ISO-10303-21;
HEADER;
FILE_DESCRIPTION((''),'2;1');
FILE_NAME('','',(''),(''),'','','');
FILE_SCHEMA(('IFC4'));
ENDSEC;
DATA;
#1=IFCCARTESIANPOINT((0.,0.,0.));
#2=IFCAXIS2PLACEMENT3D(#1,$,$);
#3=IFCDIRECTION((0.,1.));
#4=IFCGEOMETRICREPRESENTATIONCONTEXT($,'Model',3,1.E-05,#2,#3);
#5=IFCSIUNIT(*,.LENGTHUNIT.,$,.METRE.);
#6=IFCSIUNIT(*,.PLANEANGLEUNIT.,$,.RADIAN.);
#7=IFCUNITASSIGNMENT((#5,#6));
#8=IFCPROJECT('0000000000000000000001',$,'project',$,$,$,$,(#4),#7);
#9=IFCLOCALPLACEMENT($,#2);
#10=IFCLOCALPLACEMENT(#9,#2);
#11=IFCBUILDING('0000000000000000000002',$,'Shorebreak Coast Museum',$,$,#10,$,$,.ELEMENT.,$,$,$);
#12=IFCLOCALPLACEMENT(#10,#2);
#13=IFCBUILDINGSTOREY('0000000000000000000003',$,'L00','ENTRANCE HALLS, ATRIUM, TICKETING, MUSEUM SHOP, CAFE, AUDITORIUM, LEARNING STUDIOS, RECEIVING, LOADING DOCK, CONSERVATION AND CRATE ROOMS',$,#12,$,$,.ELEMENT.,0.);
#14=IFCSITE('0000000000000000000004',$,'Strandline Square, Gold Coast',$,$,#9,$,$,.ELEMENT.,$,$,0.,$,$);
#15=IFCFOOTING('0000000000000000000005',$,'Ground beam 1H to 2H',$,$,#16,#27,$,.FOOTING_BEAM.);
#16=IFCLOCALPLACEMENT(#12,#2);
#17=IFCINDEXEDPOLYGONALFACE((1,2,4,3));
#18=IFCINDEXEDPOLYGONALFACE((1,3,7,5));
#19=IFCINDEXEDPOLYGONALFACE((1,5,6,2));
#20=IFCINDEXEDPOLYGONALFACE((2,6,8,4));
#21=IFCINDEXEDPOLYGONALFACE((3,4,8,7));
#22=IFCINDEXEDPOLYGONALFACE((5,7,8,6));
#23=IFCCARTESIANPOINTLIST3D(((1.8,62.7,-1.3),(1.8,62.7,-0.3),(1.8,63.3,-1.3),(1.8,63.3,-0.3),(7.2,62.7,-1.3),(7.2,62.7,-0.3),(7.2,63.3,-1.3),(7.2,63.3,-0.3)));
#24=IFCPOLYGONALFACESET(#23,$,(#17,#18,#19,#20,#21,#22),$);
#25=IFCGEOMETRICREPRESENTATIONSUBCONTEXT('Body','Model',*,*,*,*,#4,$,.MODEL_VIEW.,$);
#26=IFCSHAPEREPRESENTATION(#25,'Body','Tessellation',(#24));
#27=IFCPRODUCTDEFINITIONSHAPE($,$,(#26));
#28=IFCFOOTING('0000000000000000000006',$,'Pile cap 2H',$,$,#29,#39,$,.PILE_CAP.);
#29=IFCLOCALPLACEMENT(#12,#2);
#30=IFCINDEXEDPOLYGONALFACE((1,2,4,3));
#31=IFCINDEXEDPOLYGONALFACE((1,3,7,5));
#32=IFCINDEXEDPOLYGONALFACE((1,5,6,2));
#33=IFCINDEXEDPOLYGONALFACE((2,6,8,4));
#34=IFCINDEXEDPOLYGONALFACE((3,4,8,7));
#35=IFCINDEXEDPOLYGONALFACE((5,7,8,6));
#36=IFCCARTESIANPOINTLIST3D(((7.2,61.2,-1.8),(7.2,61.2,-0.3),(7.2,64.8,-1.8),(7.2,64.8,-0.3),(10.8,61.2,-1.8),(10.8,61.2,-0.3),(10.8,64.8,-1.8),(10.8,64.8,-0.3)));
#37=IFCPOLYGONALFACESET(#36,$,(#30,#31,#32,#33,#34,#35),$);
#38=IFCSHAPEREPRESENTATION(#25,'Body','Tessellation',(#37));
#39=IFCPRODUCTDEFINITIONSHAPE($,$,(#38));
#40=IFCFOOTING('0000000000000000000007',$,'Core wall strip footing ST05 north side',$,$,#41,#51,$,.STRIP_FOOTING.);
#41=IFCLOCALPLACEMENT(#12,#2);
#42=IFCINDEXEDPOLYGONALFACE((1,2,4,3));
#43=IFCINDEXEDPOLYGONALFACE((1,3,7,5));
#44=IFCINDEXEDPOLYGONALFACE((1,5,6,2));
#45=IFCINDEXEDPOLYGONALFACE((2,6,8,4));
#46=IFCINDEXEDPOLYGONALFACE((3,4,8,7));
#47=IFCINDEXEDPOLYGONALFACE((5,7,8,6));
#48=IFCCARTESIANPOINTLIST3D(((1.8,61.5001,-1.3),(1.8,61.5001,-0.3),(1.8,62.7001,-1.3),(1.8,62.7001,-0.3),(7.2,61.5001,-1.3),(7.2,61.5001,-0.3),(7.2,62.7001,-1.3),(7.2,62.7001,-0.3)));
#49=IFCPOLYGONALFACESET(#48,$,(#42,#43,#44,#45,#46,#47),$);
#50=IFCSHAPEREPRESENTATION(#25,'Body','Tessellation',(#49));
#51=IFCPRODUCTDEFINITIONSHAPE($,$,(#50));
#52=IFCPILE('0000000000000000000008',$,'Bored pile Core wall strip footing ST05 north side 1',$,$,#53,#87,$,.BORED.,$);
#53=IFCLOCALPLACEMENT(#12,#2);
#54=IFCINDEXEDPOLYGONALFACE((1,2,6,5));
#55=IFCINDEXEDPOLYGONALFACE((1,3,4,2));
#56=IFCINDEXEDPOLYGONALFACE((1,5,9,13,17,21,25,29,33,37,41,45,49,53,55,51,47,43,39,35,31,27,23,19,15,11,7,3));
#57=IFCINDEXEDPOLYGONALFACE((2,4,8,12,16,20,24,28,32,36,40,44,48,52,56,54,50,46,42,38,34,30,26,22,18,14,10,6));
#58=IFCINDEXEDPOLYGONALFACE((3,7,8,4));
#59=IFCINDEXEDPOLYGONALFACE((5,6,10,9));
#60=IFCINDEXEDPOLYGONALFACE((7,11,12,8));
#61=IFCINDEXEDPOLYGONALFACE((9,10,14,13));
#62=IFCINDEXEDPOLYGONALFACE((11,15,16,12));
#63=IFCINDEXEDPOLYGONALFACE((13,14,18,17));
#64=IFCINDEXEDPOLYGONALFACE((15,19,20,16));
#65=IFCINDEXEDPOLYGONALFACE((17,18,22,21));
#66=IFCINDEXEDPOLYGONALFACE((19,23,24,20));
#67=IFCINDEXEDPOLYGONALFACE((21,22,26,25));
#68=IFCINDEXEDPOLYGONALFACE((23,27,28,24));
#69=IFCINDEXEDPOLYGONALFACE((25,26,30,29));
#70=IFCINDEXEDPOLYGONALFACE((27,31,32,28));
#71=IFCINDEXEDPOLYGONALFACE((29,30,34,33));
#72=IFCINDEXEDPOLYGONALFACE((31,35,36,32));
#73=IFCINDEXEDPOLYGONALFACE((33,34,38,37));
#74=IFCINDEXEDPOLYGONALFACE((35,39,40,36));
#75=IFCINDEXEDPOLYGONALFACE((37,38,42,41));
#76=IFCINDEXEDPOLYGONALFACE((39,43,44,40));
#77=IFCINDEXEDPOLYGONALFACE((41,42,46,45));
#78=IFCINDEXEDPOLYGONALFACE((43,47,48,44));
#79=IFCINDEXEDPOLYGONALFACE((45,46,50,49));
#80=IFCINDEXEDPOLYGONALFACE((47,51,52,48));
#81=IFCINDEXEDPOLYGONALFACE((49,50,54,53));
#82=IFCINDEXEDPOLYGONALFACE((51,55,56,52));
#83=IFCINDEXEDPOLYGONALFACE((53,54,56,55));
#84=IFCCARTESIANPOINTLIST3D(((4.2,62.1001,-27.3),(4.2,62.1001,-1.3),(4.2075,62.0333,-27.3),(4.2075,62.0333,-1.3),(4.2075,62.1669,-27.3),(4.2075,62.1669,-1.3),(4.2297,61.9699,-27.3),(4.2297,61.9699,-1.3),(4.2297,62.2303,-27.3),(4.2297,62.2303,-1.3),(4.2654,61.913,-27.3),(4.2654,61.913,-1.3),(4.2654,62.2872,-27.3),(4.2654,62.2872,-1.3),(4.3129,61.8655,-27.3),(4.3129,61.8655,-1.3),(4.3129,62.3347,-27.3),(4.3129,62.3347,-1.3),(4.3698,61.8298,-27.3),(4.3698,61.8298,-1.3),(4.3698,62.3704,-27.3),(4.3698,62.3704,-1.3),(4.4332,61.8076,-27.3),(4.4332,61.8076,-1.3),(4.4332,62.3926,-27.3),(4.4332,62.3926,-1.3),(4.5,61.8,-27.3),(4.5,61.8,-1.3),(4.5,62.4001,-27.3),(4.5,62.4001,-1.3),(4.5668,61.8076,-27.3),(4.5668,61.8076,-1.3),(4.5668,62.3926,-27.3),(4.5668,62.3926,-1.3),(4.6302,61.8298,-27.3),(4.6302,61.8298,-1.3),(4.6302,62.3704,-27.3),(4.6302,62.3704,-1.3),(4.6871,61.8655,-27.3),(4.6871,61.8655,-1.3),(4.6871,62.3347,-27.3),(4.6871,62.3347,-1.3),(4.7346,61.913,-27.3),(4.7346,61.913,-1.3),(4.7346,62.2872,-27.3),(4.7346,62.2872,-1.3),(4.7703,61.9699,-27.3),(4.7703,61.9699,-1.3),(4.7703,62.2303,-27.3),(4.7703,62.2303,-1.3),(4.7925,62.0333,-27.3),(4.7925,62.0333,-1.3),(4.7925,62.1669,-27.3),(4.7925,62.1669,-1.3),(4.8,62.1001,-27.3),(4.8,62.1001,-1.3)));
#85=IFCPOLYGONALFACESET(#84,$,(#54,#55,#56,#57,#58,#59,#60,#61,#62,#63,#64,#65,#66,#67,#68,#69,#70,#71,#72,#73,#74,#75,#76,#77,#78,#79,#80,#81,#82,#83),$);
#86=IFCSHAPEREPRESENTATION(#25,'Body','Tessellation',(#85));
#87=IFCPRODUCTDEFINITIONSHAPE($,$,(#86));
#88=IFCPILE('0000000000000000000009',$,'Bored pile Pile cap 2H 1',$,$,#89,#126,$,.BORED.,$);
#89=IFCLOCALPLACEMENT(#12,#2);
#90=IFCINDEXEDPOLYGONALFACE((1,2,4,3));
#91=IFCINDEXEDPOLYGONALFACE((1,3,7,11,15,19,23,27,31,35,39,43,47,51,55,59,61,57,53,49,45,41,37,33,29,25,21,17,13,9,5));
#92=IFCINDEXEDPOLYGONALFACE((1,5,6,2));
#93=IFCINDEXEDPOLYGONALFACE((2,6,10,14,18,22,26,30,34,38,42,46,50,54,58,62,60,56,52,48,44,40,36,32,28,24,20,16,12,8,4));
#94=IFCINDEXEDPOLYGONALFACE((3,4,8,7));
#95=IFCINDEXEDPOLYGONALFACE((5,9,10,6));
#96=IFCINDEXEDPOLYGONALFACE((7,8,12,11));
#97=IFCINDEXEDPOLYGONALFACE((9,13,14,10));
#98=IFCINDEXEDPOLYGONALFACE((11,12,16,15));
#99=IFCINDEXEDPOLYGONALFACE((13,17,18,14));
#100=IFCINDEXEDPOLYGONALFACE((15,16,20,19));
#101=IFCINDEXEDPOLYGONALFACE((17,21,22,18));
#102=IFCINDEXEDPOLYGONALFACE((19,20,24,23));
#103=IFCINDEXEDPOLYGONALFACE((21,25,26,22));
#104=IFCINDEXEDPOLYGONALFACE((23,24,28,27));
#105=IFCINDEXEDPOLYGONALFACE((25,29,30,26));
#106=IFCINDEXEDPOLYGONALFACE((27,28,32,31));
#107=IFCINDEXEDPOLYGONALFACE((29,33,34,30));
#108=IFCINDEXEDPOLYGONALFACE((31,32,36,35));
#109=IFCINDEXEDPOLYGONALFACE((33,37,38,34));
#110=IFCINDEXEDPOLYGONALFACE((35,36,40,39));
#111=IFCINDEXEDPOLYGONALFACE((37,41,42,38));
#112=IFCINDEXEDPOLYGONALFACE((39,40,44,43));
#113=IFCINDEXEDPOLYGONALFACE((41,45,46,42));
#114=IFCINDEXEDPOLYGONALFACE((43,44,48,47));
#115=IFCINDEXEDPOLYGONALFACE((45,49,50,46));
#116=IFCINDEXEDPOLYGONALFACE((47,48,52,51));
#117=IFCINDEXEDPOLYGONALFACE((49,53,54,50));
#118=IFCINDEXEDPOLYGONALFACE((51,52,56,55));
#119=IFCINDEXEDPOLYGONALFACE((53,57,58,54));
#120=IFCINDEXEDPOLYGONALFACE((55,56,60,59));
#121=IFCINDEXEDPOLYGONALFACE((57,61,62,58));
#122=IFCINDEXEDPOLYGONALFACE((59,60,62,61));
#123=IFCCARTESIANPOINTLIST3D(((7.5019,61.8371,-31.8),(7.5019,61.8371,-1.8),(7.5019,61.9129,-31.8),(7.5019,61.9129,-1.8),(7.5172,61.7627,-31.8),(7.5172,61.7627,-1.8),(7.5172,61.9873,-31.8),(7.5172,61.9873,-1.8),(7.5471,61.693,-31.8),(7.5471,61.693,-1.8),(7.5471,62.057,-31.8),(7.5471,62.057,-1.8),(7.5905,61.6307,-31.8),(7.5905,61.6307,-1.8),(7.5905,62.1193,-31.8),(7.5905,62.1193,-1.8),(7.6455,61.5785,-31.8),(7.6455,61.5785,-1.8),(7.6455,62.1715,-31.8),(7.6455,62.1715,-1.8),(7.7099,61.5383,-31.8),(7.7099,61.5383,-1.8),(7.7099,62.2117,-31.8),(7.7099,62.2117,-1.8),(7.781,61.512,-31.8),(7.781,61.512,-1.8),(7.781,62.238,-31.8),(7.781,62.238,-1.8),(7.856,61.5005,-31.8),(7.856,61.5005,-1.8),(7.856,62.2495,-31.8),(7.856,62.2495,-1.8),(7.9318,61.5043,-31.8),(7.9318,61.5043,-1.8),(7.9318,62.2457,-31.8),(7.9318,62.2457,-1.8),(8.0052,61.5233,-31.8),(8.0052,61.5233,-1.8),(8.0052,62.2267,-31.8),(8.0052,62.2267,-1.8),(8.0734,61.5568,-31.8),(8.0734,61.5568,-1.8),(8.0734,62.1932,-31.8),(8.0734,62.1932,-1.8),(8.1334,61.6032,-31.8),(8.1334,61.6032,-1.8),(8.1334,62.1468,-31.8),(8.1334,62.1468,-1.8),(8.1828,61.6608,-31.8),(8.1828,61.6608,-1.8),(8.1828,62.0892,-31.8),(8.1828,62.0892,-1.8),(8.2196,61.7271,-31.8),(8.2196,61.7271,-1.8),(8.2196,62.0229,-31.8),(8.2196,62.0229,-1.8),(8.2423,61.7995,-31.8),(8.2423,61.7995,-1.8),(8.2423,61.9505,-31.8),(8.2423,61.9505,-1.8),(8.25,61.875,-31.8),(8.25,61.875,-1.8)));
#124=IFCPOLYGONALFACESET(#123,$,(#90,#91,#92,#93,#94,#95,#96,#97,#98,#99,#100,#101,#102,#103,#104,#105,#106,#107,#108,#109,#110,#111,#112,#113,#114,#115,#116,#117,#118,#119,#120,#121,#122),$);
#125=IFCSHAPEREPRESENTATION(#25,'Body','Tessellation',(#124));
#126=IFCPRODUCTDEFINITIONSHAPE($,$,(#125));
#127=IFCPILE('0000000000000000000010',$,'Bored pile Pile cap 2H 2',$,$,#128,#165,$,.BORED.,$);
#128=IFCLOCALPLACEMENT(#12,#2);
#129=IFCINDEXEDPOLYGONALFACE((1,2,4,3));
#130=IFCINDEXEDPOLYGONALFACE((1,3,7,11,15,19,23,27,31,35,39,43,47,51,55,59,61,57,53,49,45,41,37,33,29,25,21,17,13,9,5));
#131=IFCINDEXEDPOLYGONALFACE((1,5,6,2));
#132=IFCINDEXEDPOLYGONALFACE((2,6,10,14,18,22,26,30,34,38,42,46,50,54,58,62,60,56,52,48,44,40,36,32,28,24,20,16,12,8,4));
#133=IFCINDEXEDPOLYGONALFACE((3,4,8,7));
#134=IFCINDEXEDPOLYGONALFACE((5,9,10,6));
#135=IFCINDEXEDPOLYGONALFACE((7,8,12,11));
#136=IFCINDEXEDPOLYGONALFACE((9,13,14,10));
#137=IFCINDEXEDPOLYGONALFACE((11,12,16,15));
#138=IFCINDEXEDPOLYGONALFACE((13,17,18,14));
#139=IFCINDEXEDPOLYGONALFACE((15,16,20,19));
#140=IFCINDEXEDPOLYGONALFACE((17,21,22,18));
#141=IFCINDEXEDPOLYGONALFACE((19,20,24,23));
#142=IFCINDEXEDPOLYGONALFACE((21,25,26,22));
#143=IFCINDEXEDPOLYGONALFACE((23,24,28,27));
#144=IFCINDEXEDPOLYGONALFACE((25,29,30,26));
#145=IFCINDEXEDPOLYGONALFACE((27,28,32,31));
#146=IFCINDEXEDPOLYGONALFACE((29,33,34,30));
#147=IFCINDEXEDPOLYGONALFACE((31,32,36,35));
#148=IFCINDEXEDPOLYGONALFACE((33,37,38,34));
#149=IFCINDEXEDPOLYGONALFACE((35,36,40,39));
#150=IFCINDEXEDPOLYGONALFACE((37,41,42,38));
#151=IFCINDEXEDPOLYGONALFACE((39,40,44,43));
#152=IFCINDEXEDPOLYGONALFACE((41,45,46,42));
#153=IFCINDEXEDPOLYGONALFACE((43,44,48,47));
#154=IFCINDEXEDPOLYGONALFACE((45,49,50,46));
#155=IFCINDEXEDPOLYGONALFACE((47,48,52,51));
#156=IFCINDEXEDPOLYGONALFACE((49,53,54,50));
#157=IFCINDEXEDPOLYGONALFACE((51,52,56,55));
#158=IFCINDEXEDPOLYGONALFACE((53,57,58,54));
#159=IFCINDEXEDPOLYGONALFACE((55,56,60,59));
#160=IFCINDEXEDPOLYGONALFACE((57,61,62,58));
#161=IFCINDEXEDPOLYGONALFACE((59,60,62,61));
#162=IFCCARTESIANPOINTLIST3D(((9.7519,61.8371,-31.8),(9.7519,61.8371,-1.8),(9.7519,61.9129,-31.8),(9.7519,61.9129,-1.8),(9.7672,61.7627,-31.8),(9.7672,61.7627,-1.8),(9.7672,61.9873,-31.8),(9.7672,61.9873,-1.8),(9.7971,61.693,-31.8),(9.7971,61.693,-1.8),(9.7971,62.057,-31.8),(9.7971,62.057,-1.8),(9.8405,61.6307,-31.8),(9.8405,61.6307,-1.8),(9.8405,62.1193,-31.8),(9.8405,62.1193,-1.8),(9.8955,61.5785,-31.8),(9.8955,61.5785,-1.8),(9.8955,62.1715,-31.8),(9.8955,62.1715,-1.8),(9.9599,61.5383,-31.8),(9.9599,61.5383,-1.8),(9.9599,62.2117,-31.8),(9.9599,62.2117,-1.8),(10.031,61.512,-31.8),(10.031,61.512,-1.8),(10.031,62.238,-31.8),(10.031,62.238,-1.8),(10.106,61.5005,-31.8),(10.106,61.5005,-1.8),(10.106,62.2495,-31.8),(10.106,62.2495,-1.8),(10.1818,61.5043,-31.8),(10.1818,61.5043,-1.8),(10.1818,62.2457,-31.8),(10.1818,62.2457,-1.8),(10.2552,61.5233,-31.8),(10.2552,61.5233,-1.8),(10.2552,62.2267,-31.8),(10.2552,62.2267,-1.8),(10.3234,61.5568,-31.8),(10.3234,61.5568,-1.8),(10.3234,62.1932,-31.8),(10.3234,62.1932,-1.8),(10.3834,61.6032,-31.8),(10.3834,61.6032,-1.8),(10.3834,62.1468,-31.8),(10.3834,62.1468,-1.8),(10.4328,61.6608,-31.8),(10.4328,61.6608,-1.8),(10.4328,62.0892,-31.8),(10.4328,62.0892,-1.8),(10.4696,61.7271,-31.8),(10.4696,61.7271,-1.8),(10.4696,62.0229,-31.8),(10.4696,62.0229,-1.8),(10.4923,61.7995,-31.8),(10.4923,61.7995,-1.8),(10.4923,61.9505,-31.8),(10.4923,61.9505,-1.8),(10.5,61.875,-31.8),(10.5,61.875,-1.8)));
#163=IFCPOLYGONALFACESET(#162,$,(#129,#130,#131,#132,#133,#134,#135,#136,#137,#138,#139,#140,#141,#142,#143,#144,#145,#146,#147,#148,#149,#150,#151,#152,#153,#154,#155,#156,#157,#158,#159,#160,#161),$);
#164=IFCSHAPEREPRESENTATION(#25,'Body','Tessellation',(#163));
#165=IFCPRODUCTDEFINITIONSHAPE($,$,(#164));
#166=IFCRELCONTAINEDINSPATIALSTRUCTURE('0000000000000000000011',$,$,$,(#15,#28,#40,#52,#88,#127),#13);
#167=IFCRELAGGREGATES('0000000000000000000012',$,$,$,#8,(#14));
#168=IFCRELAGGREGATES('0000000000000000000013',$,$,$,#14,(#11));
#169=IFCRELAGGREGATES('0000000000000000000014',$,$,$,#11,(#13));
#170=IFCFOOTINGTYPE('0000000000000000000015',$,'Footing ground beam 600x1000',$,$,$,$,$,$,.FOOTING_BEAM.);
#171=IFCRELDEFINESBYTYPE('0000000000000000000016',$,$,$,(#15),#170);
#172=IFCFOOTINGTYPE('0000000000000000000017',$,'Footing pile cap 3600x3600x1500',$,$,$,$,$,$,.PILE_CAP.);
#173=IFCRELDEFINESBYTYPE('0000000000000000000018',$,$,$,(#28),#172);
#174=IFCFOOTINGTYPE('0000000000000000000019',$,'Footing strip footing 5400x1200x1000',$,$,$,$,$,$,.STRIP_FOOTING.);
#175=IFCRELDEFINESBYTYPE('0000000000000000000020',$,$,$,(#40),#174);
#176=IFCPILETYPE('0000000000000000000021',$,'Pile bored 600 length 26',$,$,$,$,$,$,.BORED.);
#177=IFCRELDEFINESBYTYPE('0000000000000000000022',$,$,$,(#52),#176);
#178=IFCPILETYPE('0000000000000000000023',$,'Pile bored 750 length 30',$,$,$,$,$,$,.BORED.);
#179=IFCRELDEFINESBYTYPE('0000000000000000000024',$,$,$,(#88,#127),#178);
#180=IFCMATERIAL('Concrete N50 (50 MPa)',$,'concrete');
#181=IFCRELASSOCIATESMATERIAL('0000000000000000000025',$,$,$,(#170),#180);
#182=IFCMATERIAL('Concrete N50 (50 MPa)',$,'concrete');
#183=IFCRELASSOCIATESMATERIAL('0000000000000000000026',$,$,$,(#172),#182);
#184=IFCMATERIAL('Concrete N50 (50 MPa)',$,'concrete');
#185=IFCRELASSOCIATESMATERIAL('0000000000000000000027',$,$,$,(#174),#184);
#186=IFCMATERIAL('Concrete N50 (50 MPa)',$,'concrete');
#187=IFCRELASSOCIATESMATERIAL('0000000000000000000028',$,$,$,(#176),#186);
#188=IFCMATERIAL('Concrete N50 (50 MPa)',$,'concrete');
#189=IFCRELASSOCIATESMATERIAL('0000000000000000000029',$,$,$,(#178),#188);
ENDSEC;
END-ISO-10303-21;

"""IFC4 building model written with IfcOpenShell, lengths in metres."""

from ifc_helpers import new_model, si_unit, direction, frame, origin, origin_2d, place, context, subcontext, project, spatial, rectangle, circle, extrude, material, material_profile, profile_set, type_object, element, save


model = new_model("IFC4")

# Units and contexts
model_context = context("Model", 3, precision=1e-05, world=origin(), true_north=direction((0.0, 1.0)))
body_context = subcontext(model_context, "Body", "Model", "MODEL_VIEW")
ifc_project = project(units=[si_unit("LENGTHUNIT", "METRE"), si_unit("PLANEANGLEUNIT", "RADIAN")], contexts=[model_context])

# Site, building, storey
site_placement = place(None, origin())
site = spatial("IfcSite", under=ifc_project, at=site_placement, Name="Strandline Square, Gold Coast", CompositionType="ELEMENT", RefElevation=0.0)
building_placement = place(site_placement, origin())
building = spatial("IfcBuilding", under=site, at=building_placement, Name="Shorebreak Coast Museum", CompositionType="ELEMENT")
storey_placement = place(building_placement, origin())
storey = spatial("IfcBuildingStorey", under=building, at=storey_placement, Name="L00", Description="ENTRANCE HALLS, ATRIUM, TICKETING, MUSEUM SHOP, CAFE, AUDITORIUM, LEARNING STUDIOS, RECEIVING, LOADING DOCK, CONSERVATION AND CRATE ROOMS", CompositionType="ELEMENT", Elevation=0.0)

# Footings
ifc_material_1 = material(Name="Concrete N50 (50 MPa)", Category="concrete")
footing_type_1 = type_object("IfcFootingType", Name="Footing ground beam 600x1000", PredefinedType="FOOTING_BEAM", material=ifc_material_1)
footing_1_placement = place(storey_placement, frame((4.5, 63.0, -1.3), z_axis=(0.0, 0.0, 1.0), x_axis=(1.0, 0.0, 0.0)))
element("IfcFooting", 1, at=footing_1_placement, inside=storey, type_object=footing_type_1, Name="Ground beam 1H to 2H", PredefinedType="FOOTING_BEAM", context=body_context, shape_type="SweptSolid", body=[
    extrude(rectangle(XDim=5.3999, YDim=0.6001, at=origin_2d()), origin(), (0.0, 0.0, 1.0), 1.0),
])
ifc_material_2 = material(Name="Concrete N50 (50 MPa)", Category="concrete")
footing_type_2 = type_object("IfcFootingType", Name="Footing pile cap 3600x3600x1500", PredefinedType="PILE_CAP", material=ifc_material_2)
footing_2_placement = place(storey_placement, frame((9.0, 63.0, -1.8), z_axis=(0.0, 0.0, 1.0), x_axis=(1.0, 0.0, 0.0)))
element("IfcFooting", 2, at=footing_2_placement, inside=storey, type_object=footing_type_2, Name="Pile cap 2H", PredefinedType="PILE_CAP", context=body_context, shape_type="SweptSolid", body=[
    extrude(rectangle(XDim=3.6001, YDim=3.6001, at=origin_2d()), origin(), (0.0, 0.0, 1.0), 1.5),
])
ifc_material_3 = material(Name="Concrete N50 (50 MPa)", Category="concrete")
footing_type_3 = type_object("IfcFootingType", Name="Footing strip footing 5400x1200x1000", PredefinedType="STRIP_FOOTING", material=ifc_material_3)
footing_3_placement = place(storey_placement, frame((4.5, 62.1001, -1.3), z_axis=(0.0, 0.0, 1.0), x_axis=(1.0, 0.0, 0.0)))
element("IfcFooting", 3, at=footing_3_placement, inside=storey, type_object=footing_type_3, Name="Core wall strip footing ST05 north side", PredefinedType="STRIP_FOOTING", context=body_context, shape_type="SweptSolid", body=[
    extrude(rectangle(XDim=5.3999, YDim=1.2, at=origin_2d()), origin(), (0.0, 0.0, 1.0), 1.0),
])

# Piles
ifc_material_4 = material(Name="Concrete N50 (50 MPa)", Category="concrete")
ifc_material_profile_1 = material_profile(ifc_material_4, circle(Radius=0.3, at=origin_2d()), Name="Pile bored 600 length 26")
ifc_profile_set_1 = profile_set([ifc_material_profile_1], Name="Concrete N50 (50 MPa)")
pile_type_1 = type_object("IfcPileType", Name="Pile bored 600 length 26", PredefinedType="BORED", material=ifc_profile_set_1)
pile_placement = place(storey_placement, frame((4.5, 62.1001, -1.3), z_axis=(0.0, 0.0, -1.0), x_axis=(1.0, 0.0, 0.0)))
element("IfcPile", 4, at=pile_placement, inside=storey, type_object=pile_type_1, Name="Bored pile Core wall strip footing ST05 north side 1", PredefinedType="BORED", context=body_context, shape_type="SweptSolid", body=[
    extrude(circle(Radius=0.3, at=origin_2d()), origin(), (0.0, 0.0, 1.0), 26.0),
])
ifc_material_5 = material(Name="Concrete N50 (50 MPa)", Category="concrete")
ifc_material_profile_2 = material_profile(ifc_material_5, circle(Radius=0.375, at=origin_2d()), Name="Pile bored 750 length 30")
ifc_profile_set_2 = profile_set([ifc_material_profile_2], Name="Concrete N50 (50 MPa)")
pile_type_2 = type_object("IfcPileType", Name="Pile bored 750 length 30", PredefinedType="BORED", material=ifc_profile_set_2)
for number, where, z_axis, x_axis, name in (
    (5, (7.875, 61.875, -1.8), (0.0, 0.0, -1.0), (1.0, 0.0, 0.0), "Bored pile Pile cap 2H 1"),
    (6, (10.125, 61.875, -1.8), (0.0, 0.0, -1.0), (1.0, 0.0, 0.0), "Bored pile Pile cap 2H 2"),
):
    element("IfcPile", number, at=place(storey_placement, frame(where, z_axis=z_axis, x_axis=x_axis)), inside=storey, type_object=pile_type_2, Name=name, PredefinedType="BORED", context=body_context, shape_type="SweptSolid", body=[
        extrude(circle(Radius=0.375, at=origin_2d()), origin(), (0.0, 0.0, 1.0), 30.0),
    ])

save(model, "model.ifc")
